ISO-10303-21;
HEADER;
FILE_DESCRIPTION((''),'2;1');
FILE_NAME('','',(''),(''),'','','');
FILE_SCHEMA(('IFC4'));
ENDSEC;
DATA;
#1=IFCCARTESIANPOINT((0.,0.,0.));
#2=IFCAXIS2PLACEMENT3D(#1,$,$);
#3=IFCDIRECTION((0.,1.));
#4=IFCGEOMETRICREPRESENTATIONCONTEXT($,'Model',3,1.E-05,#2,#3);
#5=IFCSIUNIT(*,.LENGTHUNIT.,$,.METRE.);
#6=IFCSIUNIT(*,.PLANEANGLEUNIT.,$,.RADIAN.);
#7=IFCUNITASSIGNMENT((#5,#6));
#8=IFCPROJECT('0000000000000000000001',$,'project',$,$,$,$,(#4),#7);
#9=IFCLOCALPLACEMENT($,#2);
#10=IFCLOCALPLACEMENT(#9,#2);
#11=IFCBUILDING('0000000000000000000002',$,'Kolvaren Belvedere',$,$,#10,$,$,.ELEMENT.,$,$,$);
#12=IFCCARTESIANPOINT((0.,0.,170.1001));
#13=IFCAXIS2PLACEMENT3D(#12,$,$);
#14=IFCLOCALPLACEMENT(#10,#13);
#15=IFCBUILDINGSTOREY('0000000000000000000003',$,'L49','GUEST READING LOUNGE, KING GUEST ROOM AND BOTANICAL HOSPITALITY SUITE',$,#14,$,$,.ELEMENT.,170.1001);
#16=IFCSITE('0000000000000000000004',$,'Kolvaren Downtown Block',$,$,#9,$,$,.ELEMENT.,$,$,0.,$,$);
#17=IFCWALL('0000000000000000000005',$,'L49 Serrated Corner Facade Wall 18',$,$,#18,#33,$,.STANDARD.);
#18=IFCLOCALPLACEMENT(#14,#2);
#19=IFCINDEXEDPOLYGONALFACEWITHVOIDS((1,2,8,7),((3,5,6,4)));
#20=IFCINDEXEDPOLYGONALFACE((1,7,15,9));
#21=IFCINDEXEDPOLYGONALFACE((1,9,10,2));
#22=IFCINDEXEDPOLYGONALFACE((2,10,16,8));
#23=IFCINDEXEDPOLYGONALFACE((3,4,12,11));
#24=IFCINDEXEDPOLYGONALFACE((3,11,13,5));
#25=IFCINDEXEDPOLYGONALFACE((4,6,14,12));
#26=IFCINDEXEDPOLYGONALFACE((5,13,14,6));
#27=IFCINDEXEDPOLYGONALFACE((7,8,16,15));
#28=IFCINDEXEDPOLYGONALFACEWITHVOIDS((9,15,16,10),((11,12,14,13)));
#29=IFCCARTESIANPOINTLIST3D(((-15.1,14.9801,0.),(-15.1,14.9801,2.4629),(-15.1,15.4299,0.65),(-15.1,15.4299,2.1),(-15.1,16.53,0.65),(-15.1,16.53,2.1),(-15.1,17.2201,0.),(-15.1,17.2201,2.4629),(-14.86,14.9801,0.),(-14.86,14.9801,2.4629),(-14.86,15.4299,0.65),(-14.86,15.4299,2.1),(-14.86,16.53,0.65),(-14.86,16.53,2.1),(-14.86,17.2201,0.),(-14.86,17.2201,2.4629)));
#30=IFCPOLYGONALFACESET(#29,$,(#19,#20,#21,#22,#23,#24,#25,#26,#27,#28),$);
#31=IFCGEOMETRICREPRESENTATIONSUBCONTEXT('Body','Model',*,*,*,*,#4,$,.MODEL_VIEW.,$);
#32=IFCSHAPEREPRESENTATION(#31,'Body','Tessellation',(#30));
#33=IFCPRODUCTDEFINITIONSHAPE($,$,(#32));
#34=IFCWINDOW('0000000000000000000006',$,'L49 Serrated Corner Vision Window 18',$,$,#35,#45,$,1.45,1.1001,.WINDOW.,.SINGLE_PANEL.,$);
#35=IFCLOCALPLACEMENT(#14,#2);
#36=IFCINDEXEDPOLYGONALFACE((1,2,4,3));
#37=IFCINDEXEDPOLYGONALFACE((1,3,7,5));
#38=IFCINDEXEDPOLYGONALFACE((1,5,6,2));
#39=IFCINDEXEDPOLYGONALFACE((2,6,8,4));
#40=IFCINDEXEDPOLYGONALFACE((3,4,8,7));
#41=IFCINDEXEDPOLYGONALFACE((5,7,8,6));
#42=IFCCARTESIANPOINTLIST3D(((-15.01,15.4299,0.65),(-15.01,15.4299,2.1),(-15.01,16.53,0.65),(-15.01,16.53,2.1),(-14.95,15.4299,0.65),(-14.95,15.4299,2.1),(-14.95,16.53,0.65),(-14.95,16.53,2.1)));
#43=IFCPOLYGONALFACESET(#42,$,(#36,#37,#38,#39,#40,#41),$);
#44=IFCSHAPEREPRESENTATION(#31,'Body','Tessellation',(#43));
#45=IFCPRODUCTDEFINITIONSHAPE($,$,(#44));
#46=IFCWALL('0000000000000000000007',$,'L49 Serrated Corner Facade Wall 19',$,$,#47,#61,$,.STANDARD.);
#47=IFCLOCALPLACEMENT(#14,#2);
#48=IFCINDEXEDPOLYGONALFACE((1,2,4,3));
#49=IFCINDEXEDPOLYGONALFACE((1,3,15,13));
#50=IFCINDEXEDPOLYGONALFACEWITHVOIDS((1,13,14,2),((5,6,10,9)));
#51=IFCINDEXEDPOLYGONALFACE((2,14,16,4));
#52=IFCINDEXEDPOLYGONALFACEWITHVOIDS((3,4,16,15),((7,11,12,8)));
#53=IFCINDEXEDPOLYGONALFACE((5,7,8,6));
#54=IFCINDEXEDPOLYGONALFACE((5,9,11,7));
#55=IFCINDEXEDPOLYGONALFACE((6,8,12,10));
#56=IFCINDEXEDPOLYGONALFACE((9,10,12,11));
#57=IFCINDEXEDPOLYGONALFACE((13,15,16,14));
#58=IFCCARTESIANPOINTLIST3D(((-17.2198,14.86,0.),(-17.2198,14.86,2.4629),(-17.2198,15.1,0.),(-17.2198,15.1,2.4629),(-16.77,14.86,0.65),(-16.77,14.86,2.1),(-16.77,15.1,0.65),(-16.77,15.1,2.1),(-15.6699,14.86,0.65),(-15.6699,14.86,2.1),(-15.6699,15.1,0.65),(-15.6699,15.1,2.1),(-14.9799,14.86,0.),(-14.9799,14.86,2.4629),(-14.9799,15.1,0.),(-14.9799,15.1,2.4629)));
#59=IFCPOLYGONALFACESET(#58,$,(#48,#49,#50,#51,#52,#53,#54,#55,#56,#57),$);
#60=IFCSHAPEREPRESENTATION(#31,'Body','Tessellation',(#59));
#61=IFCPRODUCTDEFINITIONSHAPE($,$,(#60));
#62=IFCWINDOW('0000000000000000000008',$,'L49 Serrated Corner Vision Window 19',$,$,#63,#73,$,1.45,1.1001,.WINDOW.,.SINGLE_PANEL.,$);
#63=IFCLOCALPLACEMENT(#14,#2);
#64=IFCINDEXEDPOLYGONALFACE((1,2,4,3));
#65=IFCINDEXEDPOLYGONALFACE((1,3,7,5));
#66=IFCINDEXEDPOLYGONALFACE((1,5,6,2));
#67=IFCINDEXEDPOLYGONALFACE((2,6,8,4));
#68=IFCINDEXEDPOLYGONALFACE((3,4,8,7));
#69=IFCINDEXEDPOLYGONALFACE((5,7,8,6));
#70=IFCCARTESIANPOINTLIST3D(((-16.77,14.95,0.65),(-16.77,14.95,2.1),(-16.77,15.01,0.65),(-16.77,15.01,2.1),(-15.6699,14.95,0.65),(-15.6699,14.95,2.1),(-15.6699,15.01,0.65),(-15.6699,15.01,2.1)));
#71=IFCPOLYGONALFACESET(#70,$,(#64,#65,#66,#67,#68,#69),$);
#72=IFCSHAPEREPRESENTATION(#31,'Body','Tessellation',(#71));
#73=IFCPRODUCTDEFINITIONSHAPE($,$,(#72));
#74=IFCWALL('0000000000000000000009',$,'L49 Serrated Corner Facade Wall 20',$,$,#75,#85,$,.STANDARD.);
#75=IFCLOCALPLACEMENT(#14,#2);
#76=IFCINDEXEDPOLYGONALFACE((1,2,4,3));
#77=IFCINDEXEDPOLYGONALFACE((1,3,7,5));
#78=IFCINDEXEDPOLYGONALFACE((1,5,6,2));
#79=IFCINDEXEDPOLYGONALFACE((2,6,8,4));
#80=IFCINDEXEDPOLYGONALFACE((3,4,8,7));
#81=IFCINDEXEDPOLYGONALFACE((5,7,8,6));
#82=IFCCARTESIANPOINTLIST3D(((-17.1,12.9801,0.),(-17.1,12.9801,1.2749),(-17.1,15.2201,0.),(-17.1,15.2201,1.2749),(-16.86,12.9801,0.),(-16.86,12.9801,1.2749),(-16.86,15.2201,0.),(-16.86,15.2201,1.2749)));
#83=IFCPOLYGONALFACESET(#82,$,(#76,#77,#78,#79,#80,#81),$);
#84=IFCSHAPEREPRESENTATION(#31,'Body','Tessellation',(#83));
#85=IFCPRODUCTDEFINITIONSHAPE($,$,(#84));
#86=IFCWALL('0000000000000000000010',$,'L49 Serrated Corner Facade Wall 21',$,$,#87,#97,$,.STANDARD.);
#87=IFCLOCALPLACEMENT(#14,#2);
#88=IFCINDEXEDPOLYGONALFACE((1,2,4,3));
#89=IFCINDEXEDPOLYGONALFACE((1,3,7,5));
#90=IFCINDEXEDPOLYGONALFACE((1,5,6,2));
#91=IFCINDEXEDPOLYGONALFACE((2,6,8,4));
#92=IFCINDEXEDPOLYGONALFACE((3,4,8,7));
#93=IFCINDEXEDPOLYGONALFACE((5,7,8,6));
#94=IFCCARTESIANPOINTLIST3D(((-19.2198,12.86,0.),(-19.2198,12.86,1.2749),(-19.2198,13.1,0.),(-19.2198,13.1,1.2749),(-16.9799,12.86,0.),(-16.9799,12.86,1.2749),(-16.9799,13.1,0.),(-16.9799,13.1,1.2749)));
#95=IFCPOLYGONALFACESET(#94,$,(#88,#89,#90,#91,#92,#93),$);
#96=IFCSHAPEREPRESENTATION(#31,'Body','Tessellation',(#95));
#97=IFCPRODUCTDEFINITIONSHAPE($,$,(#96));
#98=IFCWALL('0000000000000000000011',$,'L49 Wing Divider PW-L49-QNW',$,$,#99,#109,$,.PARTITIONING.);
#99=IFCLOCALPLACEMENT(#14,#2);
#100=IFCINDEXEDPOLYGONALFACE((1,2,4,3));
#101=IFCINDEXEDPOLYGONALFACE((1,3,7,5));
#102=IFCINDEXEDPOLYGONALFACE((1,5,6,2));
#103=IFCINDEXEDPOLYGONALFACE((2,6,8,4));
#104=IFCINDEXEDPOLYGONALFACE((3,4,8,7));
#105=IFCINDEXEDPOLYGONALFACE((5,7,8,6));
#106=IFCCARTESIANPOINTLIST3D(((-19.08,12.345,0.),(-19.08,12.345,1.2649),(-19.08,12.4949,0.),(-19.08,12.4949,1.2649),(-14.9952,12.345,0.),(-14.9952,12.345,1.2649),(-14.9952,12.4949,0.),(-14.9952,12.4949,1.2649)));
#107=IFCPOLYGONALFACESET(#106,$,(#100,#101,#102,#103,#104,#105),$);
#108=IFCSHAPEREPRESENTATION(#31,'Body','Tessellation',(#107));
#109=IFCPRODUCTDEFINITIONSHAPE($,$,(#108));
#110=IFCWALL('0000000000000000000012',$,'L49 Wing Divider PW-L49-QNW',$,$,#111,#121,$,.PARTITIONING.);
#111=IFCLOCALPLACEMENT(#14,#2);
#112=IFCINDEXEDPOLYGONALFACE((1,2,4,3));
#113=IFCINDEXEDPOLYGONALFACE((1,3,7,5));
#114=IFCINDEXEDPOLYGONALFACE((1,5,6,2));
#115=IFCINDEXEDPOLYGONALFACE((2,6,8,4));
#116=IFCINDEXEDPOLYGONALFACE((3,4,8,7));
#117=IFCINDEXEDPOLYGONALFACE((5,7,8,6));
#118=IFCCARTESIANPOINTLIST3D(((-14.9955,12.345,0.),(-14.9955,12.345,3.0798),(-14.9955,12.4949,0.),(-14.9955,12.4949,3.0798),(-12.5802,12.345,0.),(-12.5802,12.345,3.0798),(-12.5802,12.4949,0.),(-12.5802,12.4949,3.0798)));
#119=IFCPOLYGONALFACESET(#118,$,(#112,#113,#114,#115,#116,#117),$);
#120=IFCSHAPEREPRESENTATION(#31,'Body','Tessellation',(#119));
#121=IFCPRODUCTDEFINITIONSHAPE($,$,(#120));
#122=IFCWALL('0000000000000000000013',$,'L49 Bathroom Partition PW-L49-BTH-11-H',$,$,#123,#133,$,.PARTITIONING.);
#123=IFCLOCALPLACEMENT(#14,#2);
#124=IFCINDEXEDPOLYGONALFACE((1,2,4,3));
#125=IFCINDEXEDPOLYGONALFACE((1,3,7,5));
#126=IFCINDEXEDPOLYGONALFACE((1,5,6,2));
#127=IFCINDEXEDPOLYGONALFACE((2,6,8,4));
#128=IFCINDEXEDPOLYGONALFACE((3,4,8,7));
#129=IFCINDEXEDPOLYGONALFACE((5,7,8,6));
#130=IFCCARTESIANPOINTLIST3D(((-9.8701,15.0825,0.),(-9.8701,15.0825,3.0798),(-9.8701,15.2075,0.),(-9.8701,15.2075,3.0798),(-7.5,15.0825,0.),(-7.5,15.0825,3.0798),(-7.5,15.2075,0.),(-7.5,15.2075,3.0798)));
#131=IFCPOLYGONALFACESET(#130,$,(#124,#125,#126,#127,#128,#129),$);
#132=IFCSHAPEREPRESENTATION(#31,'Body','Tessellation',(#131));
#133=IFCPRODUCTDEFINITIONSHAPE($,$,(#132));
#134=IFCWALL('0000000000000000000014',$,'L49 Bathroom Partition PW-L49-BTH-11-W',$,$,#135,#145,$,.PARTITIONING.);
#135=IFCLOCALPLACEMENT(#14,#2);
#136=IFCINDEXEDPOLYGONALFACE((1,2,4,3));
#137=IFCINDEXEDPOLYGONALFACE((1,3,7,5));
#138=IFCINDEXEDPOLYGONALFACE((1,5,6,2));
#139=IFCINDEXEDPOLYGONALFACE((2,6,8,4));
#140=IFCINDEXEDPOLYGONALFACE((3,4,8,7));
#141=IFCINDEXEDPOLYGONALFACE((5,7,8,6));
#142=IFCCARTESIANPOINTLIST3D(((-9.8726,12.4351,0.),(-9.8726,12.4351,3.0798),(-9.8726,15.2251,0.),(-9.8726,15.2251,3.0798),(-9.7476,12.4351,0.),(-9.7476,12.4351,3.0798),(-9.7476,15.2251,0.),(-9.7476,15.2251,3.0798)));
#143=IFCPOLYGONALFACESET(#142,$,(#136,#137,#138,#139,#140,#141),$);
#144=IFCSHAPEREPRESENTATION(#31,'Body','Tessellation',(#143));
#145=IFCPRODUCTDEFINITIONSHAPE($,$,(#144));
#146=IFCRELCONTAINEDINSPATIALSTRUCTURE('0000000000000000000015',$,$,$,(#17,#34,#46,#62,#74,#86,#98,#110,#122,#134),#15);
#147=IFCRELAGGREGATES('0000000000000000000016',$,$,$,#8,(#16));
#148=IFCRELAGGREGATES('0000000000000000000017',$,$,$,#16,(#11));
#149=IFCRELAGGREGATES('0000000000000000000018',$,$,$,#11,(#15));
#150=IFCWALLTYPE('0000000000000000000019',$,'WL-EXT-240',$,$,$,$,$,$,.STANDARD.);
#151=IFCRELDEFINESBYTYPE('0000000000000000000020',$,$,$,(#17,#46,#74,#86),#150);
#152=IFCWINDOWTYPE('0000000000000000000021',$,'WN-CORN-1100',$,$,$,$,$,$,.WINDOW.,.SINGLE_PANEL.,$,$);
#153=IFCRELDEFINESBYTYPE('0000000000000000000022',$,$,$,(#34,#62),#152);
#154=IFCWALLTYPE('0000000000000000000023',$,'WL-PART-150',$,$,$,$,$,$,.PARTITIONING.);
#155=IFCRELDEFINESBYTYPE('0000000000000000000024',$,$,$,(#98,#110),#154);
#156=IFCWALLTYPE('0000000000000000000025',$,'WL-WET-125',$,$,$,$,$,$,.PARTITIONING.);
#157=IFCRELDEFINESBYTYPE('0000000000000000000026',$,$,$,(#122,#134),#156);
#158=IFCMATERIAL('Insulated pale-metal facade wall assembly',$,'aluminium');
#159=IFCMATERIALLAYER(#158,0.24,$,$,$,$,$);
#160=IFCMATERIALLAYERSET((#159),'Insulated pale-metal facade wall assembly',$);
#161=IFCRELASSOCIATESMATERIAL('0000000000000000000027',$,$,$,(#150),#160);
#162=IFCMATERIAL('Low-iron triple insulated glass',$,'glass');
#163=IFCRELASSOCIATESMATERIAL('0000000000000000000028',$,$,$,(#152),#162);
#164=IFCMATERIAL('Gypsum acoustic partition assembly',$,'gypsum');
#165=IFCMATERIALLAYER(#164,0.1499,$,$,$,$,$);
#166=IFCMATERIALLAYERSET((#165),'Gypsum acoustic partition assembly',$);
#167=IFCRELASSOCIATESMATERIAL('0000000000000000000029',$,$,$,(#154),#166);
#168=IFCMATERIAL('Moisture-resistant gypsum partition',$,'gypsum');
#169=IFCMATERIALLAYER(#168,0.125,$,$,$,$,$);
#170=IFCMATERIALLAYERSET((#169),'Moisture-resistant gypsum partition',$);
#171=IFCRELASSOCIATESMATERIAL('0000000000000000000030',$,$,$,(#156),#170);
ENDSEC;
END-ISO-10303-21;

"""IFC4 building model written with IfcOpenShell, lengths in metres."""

from ifc_helpers import new_model, si_unit, direction, frame, frame_2d, origin, place, context, subcontext, project, spatial, rectangle, extrude, material, layer, layer_set, type_object, element, fill, save


model = new_model("IFC4")

# Units and contexts
model_context = context("Model", 3, precision=1e-05, world=origin(), true_north=direction((0.0, 1.0)))
body_context = subcontext(model_context, "Body", "Model", "MODEL_VIEW")
ifc_project = project(units=[si_unit("LENGTHUNIT", "METRE"), si_unit("PLANEANGLEUNIT", "RADIAN")], contexts=[model_context])

# Site, building, storey
site_placement = place(None, origin())
site = spatial("IfcSite", under=ifc_project, at=site_placement, Name="Kolvaren Downtown Block", CompositionType="ELEMENT", RefElevation=0.0)
building_placement = place(site_placement, origin())
building = spatial("IfcBuilding", under=site, at=building_placement, Name="Kolvaren Belvedere", CompositionType="ELEMENT")
storey_placement = place(building_placement, frame((0.0, 0.0, 170.1001)))
storey = spatial("IfcBuildingStorey", under=building, at=storey_placement, Name="L49", Description="GUEST READING LOUNGE, KING GUEST ROOM AND BOTANICAL HOSPITALITY SUITE", CompositionType="ELEMENT", Elevation=170.1001)

# Shared definitions
ifc_material_1 = material(Name="Insulated pale-metal facade wall assembly", Category="aluminium")
ifc_layer_1 = layer(ifc_material_1, 0.24)
ifc_layer_set_1 = layer_set([ifc_layer_1], Name="Insulated pale-metal facade wall assembly")
wall_type_1 = type_object("IfcWallType", Name="WL-EXT-240", PredefinedType="STANDARD", material=ifc_layer_set_1)

# Walls, openings, windows
wall_1_placement = place(storey_placement, frame((-14.98, 14.98, 0.0), z_axis=(0.0, 0.0, 1.0), x_axis=(0.0, 1.0, 0.0)))
wall_1 = element("IfcWall", 1, at=wall_1_placement, inside=storey, type_object=wall_type_1, Name="L49 Serrated Corner Facade Wall 18", PredefinedType="STANDARD", context=body_context, shape_type="SweptSolid", body=[
    extrude(rectangle(XDim=2.24, YDim=0.24, at=frame_2d((1.1201, 0.0))), origin(), (0.0, 0.0, 1.0), 2.4629),
])
opening_1_placement = place(wall_1_placement, frame((0.45, 0.0, 0.6499)))
opening_1 = element("IfcOpeningElement", 2, at=opening_1_placement, cuts=wall_1, PredefinedType="OPENING", context=body_context, shape_type="SweptSolid", body=[
    extrude(rectangle(XDim=1.1001, YDim=1.45, at=frame_2d((0.55, 0.7251))), frame((0.0, 0.1299, 0.0), z_axis=(0.0, -1.0, 0.0), x_axis=(1.0, 0.0, 0.0)), (0.0, 0.0, 1.0), 0.26),
])
ifc_material_2 = material(Name="Low-iron triple insulated glass", Category="glass")
window_type = type_object("IfcWindowType", Name="WN-CORN-1100", PartitioningType="SINGLE_PANEL", PredefinedType="WINDOW", material=ifc_material_2)
window_1_placement = place(opening_1_placement, origin())
window_1 = element("IfcWindow", 3, at=window_1_placement, inside=storey, type_object=window_type, Name="L49 Serrated Corner Vision Window 18", OverallHeight=1.45, OverallWidth=1.1001, PartitioningType="SINGLE_PANEL", PredefinedType="WINDOW", context=body_context, shape_type="SweptSolid", body=[
    extrude(rectangle(XDim=1.1001, YDim=1.45, at=frame_2d((0.55, 0.7251))), frame((0.0, 0.03, 0.0), z_axis=(0.0, -1.0, 0.0), x_axis=(1.0, 0.0, 0.0)), (0.0, 0.0, 1.0), 0.0601),
])
fill(opening_1, window_1)
wall_2_placement = place(storey_placement, frame((-17.22, 14.98, 0.0), z_axis=(0.0, 0.0, 1.0), x_axis=(1.0, 0.0, 0.0)))
wall_2 = element("IfcWall", 4, at=wall_2_placement, inside=storey, type_object=wall_type_1, Name="L49 Serrated Corner Facade Wall 19", PredefinedType="STANDARD", context=body_context, shape_type="SweptSolid", body=[
    extrude(rectangle(XDim=2.24, YDim=0.24, at=frame_2d((1.1201, 0.0))), origin(), (0.0, 0.0, 1.0), 2.4629),
])
opening_2_placement = place(wall_2_placement, frame((0.45, 0.0, 0.6499)))
opening_2 = element("IfcOpeningElement", 5, at=opening_2_placement, cuts=wall_2, PredefinedType="OPENING", context=body_context, shape_type="SweptSolid", body=[
    extrude(rectangle(XDim=1.1001, YDim=1.45, at=frame_2d((0.55, 0.7251))), frame((0.0, 0.1299, 0.0), z_axis=(0.0, -1.0, 0.0), x_axis=(1.0, 0.0, 0.0)), (0.0, 0.0, 1.0), 0.26),
])
window_2_placement = place(opening_2_placement, origin())
window_2 = element("IfcWindow", 6, at=window_2_placement, inside=storey, type_object=window_type, Name="L49 Serrated Corner Vision Window 19", OverallHeight=1.45, OverallWidth=1.1001, PartitioningType="SINGLE_PANEL", PredefinedType="WINDOW", context=body_context, shape_type="SweptSolid", body=[
    extrude(rectangle(XDim=1.1001, YDim=1.45, at=frame_2d((0.55, 0.7251))), frame((0.0, 0.03, 0.0), z_axis=(0.0, -1.0, 0.0), x_axis=(1.0, 0.0, 0.0)), (0.0, 0.0, 1.0), 0.0601),
])
fill(opening_2, window_2)

# Walls
for number, where, z_axis, x_axis, name in (
    (7, (-16.98, 12.98, 0.0), (0.0, 0.0, 1.0), (0.0, 1.0, 0.0), "L49 Serrated Corner Facade Wall 20"),
    (8, (-19.22, 12.98, 0.0), (0.0, 0.0, 1.0), (1.0, 0.0, 0.0), "L49 Serrated Corner Facade Wall 21"),
):
    element("IfcWall", number, at=place(storey_placement, frame(where, z_axis=z_axis, x_axis=x_axis)), inside=storey, type_object=wall_type_1, Name=name, PredefinedType="STANDARD", context=body_context, shape_type="SweptSolid", body=[
        extrude(rectangle(XDim=2.24, YDim=0.24, at=frame_2d((1.1201, 0.0))), origin(), (0.0, 0.0, 1.0), 1.2749),
    ])
ifc_material_3 = material(Name="Gypsum acoustic partition assembly", Category="gypsum")
ifc_layer_2 = layer(ifc_material_3, 0.1499)
ifc_layer_set_2 = layer_set([ifc_layer_2], Name="Gypsum acoustic partition assembly")
wall_type_2 = type_object("IfcWallType", Name="WL-PART-150", PredefinedType="PARTITIONING", material=ifc_layer_set_2)
wall_3_placement = place(storey_placement, frame((-19.0801, 12.4199, 0.0), z_axis=(0.0, 0.0, 1.0), x_axis=(1.0, 0.0, 0.0)))
element("IfcWall", 9, at=wall_3_placement, inside=storey, type_object=wall_type_2, Name="L49 Wing Divider PW-L49-QNW", PredefinedType="PARTITIONING", context=body_context, shape_type="SweptSolid", body=[
    extrude(rectangle(XDim=4.0847, YDim=0.1499, at=frame_2d((2.0425, 0.0))), origin(), (0.0, 0.0, 1.0), 1.2649),
])
wall_4_placement = place(storey_placement, frame((-14.9954, 12.4199, 0.0), z_axis=(0.0, 0.0, 1.0), x_axis=(1.0, 0.0, 0.0)))
element("IfcWall", 10, at=wall_4_placement, inside=storey, type_object=wall_type_2, Name="L49 Wing Divider PW-L49-QNW", PredefinedType="PARTITIONING", context=body_context, shape_type="SweptSolid", body=[
    extrude(rectangle(XDim=2.4153, YDim=0.1499, at=frame_2d((1.2075, 0.0))), origin(), (0.0, 0.0, 1.0), 3.0798),
])
ifc_material_4 = material(Name="Moisture-resistant gypsum partition", Category="gypsum")
ifc_layer_3 = layer(ifc_material_4, 0.125)
ifc_layer_set_3 = layer_set([ifc_layer_3], Name="Moisture-resistant gypsum partition")
wall_type_3 = type_object("IfcWallType", Name="WL-WET-125", PredefinedType="PARTITIONING", material=ifc_layer_set_3)
wall_5_placement = place(storey_placement, frame((-9.8701, 15.145, 0.0), z_axis=(0.0, 0.0, 1.0), x_axis=(1.0, 0.0, 0.0)))
element("IfcWall", 11, at=wall_5_placement, inside=storey, type_object=wall_type_3, Name="L49 Bathroom Partition PW-L49-BTH-11-H", PredefinedType="PARTITIONING", context=body_context, shape_type="SweptSolid", body=[
    extrude(rectangle(XDim=2.3701, YDim=0.125, at=frame_2d((1.1851, 0.0))), origin(), (0.0, 0.0, 1.0), 3.0798),
])
wall_6_placement = place(storey_placement, frame((-9.8101, 12.4351, 0.0), z_axis=(0.0, 0.0, 1.0), x_axis=(0.0, 1.0, 0.0)))
element("IfcWall", 12, at=wall_6_placement, inside=storey, type_object=wall_type_3, Name="L49 Bathroom Partition PW-L49-BTH-11-W", PredefinedType="PARTITIONING", context=body_context, shape_type="SweptSolid", body=[
    extrude(rectangle(XDim=2.79, YDim=0.125, at=frame_2d((1.395, 0.0))), origin(), (0.0, 0.0, 1.0), 3.0798),
])

save(model, "model.ifc")
